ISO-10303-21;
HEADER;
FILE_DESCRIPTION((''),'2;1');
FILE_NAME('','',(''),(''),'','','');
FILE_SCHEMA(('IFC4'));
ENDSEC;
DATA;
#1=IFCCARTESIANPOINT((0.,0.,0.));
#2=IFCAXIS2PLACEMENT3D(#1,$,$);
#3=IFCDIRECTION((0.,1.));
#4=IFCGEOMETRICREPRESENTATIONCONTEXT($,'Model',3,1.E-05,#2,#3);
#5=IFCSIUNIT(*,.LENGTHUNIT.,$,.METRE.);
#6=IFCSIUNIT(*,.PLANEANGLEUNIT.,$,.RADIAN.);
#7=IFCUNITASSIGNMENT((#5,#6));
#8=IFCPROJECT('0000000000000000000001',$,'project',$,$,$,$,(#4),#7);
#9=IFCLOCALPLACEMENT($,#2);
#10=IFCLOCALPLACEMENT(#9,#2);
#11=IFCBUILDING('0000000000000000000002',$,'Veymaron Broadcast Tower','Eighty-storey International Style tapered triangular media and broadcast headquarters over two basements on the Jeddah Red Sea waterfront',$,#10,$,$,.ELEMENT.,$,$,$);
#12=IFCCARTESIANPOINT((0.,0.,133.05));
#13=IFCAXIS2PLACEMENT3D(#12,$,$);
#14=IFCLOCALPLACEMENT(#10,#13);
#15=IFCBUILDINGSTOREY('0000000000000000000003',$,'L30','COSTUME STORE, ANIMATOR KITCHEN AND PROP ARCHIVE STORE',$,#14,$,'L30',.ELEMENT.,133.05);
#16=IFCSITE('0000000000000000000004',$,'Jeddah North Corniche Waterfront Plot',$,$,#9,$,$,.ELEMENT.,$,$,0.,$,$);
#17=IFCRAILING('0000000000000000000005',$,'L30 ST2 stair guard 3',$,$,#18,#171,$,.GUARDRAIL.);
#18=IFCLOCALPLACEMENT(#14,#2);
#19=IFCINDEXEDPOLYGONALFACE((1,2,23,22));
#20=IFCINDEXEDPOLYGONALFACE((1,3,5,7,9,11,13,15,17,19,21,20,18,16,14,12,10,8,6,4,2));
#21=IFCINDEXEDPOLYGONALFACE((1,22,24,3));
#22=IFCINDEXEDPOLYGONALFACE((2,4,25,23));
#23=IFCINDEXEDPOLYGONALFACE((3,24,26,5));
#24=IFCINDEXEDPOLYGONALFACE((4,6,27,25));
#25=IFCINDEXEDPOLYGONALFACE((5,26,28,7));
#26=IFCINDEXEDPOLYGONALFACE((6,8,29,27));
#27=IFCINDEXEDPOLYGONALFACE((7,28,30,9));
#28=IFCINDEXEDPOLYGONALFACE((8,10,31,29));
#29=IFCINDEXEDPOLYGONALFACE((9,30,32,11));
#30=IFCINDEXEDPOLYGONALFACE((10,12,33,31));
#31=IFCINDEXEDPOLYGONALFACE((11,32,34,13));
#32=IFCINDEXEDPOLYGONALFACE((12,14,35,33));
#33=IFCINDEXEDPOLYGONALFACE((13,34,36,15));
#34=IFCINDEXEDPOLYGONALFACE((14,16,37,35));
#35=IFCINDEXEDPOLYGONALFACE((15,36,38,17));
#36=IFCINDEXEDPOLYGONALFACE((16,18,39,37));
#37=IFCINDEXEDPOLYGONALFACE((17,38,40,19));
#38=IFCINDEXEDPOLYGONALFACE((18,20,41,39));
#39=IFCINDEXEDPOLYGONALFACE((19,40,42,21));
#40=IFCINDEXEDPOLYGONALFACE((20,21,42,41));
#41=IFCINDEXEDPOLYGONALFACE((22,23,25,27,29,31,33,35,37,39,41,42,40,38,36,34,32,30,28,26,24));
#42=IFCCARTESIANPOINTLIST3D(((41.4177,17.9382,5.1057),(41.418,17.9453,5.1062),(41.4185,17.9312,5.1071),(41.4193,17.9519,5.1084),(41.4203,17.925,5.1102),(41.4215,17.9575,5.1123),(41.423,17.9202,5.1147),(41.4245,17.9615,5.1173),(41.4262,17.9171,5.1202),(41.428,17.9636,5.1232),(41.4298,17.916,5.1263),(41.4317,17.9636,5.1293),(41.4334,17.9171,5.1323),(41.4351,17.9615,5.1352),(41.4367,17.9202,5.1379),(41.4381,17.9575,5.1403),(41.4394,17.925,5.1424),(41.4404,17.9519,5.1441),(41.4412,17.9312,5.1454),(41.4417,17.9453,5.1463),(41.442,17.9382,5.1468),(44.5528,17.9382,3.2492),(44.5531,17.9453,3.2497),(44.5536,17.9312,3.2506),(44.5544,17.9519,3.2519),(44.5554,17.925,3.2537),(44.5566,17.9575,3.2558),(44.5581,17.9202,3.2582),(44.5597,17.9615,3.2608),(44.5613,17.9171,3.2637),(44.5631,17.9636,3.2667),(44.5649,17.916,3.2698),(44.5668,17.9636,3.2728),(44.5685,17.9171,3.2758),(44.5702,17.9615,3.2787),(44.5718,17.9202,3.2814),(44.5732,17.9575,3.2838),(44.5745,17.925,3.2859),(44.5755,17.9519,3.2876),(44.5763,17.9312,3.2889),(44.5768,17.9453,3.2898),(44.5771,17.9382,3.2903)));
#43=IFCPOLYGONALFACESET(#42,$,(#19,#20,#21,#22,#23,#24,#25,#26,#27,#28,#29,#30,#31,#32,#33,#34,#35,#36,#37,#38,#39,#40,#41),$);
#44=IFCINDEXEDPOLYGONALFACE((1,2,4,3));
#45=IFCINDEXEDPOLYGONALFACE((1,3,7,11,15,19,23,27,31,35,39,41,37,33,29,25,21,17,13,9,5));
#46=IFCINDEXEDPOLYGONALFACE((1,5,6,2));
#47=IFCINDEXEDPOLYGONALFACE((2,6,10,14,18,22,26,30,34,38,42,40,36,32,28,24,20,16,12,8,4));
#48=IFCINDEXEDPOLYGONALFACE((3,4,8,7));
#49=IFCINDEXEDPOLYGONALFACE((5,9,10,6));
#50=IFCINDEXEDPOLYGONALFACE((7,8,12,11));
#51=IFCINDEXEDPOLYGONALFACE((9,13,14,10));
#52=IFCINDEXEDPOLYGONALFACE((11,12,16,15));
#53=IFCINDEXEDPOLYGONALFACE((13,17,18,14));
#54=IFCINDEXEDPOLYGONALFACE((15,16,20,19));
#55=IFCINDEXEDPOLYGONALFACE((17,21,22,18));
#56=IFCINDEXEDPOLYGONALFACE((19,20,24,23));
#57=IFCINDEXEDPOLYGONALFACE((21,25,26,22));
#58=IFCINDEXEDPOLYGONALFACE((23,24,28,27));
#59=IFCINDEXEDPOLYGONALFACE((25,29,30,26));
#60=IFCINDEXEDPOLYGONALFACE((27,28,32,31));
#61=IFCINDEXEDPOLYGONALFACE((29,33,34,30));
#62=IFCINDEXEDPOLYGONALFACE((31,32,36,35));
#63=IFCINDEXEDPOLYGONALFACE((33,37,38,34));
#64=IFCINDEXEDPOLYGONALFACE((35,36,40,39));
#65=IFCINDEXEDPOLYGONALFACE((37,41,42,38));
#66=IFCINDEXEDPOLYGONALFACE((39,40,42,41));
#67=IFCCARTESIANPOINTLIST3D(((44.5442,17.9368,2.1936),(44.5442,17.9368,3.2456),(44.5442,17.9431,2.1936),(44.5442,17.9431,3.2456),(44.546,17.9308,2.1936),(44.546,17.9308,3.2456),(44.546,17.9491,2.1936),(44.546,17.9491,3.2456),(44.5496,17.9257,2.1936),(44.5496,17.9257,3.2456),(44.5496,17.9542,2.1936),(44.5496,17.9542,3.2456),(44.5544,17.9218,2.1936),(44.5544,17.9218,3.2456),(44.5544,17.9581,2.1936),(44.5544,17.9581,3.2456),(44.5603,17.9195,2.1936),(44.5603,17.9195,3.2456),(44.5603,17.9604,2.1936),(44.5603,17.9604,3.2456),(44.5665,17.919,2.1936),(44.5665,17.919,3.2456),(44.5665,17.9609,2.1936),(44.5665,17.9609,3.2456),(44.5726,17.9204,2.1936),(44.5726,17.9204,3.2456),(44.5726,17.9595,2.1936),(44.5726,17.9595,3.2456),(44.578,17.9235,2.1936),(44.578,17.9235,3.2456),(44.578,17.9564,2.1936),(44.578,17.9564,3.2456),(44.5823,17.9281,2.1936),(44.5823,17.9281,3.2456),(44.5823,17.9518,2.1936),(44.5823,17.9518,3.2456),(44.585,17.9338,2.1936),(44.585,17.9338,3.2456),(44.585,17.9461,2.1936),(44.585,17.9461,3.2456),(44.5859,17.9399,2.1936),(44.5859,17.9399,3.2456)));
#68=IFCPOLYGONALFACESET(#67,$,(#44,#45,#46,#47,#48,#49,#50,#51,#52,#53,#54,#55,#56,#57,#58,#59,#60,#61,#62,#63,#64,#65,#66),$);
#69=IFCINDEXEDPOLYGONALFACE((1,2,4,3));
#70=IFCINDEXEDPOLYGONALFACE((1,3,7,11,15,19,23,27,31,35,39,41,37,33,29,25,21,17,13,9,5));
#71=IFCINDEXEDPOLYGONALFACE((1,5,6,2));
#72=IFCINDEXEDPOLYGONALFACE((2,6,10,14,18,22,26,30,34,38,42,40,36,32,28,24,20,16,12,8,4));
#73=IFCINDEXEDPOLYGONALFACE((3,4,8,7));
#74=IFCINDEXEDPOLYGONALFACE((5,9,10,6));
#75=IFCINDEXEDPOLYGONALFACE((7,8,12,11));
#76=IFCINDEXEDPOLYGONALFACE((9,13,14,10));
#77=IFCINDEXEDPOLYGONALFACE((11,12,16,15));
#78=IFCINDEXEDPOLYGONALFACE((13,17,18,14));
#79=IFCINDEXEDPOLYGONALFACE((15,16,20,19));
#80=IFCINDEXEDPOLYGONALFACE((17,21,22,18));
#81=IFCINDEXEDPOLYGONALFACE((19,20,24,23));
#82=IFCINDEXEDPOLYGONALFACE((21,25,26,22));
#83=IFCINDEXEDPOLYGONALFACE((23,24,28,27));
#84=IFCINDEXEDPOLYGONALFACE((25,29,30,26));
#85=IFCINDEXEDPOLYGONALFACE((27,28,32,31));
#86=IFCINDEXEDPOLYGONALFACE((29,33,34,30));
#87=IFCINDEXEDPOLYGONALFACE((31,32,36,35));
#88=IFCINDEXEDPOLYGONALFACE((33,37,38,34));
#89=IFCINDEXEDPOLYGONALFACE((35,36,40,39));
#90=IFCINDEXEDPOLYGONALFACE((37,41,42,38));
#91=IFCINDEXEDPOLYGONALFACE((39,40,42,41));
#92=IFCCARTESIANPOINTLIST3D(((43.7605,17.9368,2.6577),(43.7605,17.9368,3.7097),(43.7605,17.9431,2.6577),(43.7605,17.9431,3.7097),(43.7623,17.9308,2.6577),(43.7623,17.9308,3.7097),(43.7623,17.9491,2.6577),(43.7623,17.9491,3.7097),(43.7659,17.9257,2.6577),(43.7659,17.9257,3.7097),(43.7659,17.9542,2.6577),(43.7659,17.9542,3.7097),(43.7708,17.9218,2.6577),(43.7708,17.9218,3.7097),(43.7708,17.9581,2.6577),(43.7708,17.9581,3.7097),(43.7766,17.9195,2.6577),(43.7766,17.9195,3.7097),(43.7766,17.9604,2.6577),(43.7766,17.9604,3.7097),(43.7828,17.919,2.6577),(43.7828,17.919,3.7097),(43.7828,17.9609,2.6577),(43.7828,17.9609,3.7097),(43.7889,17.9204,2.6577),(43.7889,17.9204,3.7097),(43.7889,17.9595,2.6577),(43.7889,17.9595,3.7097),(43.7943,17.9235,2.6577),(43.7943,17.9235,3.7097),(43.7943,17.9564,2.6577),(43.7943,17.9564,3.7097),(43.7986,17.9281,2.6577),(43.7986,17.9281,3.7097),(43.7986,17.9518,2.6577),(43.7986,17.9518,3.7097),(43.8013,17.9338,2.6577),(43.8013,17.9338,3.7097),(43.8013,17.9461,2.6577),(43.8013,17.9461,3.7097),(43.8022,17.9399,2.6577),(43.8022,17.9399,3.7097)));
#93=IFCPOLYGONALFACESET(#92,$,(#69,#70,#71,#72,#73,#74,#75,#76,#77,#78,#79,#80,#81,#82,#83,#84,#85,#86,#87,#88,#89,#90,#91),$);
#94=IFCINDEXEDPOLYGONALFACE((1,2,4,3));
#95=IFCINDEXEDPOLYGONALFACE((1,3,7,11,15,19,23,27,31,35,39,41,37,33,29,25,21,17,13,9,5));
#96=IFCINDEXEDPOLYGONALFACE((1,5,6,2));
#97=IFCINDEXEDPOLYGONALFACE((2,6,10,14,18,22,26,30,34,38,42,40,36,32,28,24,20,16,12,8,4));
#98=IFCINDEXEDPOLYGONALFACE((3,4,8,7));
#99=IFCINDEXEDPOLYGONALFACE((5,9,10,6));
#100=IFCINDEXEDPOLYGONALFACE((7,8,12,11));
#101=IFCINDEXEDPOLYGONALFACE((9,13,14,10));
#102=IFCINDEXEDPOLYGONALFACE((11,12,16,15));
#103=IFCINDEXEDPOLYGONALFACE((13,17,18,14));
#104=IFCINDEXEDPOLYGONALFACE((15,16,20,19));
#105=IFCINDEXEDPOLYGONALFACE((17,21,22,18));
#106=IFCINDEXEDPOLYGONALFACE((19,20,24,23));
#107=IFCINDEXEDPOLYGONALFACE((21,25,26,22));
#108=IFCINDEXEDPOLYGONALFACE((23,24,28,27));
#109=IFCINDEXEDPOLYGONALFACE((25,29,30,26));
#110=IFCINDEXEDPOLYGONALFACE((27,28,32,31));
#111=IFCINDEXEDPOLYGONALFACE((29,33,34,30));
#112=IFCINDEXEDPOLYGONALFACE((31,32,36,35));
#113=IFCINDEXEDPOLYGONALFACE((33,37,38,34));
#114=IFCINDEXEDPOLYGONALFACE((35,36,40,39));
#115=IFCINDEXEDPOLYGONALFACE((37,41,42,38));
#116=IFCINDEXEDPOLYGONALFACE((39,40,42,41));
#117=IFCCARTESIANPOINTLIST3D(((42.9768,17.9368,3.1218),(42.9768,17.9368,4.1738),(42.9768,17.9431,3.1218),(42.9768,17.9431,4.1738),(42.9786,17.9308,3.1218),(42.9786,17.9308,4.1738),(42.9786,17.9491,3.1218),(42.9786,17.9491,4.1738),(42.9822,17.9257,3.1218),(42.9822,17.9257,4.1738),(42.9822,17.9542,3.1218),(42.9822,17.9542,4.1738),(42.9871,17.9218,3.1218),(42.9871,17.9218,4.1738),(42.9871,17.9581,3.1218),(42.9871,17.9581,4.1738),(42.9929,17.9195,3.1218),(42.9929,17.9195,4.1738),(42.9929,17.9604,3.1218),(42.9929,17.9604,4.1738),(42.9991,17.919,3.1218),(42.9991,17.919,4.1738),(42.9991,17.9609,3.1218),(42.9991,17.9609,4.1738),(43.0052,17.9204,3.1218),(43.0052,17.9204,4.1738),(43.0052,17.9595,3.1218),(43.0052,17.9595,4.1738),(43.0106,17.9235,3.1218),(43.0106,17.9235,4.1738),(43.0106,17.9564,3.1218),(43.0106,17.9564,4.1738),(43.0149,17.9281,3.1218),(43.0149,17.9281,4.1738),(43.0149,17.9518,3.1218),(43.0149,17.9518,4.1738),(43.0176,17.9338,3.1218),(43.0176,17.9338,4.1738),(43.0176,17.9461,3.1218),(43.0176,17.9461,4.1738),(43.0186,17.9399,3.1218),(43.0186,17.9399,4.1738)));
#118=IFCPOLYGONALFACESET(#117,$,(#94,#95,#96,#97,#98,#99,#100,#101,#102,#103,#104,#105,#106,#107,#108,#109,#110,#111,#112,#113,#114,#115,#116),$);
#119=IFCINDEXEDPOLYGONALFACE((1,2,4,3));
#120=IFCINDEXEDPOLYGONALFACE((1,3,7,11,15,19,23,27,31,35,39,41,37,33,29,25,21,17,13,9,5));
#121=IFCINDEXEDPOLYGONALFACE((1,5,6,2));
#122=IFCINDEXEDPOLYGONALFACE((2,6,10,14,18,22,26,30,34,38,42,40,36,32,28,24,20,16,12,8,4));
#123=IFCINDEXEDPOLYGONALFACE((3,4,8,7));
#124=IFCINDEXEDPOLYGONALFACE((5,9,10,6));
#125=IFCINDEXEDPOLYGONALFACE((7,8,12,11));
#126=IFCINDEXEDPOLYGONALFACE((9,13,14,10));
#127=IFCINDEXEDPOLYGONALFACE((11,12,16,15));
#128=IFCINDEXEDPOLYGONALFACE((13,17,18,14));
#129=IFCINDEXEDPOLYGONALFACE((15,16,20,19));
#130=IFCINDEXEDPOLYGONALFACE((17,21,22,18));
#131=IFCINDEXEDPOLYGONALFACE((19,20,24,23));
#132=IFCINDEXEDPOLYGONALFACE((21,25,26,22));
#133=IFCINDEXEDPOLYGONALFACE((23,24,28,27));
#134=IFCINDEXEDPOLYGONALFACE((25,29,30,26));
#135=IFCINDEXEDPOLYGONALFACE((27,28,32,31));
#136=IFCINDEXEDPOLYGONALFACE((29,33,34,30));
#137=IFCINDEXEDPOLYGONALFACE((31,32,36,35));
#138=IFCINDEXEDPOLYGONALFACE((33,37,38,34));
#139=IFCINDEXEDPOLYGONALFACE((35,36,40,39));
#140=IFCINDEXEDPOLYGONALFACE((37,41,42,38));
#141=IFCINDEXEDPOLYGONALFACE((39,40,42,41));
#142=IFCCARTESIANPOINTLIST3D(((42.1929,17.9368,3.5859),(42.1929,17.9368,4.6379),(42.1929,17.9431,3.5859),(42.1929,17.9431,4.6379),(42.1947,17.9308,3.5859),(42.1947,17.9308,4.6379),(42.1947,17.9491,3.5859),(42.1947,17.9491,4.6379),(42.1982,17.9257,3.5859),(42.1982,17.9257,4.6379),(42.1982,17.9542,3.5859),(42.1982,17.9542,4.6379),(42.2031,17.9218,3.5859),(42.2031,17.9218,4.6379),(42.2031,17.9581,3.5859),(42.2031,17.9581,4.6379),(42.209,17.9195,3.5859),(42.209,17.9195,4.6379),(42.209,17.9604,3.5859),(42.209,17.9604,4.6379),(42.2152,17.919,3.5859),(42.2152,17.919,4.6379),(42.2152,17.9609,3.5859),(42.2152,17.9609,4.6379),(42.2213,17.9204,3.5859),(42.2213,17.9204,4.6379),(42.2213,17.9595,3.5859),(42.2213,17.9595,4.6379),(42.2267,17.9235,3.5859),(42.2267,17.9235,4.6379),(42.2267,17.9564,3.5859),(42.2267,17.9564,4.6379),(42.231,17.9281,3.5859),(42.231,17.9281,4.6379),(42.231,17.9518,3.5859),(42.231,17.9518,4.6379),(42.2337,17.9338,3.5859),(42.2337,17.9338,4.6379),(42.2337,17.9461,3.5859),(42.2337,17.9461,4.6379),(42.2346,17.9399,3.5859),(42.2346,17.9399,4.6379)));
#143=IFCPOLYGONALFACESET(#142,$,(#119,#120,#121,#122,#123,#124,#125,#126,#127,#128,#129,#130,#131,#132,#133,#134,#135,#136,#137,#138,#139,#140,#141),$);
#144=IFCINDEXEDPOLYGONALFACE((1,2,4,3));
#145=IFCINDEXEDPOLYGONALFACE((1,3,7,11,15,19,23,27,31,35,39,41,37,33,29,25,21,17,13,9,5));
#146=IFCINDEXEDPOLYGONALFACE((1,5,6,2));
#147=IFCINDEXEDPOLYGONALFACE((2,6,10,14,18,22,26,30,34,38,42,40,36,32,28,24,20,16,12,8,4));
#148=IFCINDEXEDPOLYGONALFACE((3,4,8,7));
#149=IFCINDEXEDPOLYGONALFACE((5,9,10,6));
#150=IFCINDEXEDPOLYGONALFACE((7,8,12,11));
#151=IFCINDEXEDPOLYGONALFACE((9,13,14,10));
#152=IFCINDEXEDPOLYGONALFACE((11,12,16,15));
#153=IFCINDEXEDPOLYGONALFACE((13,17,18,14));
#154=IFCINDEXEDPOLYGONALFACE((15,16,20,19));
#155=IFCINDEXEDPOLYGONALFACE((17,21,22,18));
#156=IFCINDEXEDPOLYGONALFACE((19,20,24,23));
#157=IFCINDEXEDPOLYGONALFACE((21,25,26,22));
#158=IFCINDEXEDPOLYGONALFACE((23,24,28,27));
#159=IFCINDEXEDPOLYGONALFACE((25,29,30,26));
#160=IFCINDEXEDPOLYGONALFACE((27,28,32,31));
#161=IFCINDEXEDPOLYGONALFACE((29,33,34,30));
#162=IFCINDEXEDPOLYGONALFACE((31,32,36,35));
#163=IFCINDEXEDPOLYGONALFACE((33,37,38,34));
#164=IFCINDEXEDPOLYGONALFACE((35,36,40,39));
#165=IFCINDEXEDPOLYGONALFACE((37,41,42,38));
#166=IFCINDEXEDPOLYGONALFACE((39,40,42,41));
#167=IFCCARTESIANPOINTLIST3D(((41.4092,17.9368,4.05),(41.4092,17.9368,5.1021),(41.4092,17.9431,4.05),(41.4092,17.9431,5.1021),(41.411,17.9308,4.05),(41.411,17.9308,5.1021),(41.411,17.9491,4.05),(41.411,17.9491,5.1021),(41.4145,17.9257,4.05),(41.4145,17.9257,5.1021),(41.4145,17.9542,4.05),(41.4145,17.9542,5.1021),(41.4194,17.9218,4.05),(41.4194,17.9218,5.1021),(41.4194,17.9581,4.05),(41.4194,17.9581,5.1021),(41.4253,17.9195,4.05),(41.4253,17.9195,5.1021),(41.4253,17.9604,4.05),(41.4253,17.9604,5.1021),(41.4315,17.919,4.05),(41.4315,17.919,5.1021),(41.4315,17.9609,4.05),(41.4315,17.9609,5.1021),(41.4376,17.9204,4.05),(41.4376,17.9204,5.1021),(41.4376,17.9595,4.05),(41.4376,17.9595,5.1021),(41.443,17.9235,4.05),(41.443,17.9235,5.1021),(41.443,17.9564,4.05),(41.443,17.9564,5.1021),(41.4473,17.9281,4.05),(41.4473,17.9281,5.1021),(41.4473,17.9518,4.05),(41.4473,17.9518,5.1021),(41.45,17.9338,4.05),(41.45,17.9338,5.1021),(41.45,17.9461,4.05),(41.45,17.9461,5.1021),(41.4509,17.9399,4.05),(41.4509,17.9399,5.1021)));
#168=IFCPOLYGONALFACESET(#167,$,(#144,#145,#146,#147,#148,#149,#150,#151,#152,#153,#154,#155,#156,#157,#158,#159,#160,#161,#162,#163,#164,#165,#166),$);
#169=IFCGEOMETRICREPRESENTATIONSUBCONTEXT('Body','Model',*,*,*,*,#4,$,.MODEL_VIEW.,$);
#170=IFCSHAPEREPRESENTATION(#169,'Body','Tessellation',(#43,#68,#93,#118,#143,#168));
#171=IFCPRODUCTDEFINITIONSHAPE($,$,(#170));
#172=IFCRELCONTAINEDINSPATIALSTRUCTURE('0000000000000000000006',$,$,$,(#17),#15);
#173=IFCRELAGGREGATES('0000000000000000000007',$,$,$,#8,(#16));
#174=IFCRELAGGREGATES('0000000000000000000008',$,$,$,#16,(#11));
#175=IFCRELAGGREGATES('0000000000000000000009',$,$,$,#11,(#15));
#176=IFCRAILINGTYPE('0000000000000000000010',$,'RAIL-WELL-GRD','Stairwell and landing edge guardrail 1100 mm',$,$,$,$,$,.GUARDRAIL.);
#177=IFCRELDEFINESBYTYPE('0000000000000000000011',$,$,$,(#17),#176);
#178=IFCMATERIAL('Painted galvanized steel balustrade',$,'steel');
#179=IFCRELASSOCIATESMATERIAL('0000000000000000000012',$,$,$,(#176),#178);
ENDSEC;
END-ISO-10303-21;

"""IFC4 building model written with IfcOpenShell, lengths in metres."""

from ifc_helpers import new_model, si_unit, direction, frame, origin, origin_2d, place, context, subcontext, project, spatial, circle, extrude, material, type_object, element, save


model = new_model("IFC4")

# Units and contexts
model_context = context("Model", 3, precision=1e-05, world=origin(), true_north=direction((0.0, 1.0)))
body_context = subcontext(model_context, "Body", "Model", "MODEL_VIEW")
ifc_project = project(units=[si_unit("LENGTHUNIT", "METRE"), si_unit("PLANEANGLEUNIT", "RADIAN")], contexts=[model_context])

# Site, building, storey
site_placement = place(None, origin())
site = spatial("IfcSite", under=ifc_project, at=site_placement, Name="Jeddah North Corniche Waterfront Plot", CompositionType="ELEMENT", RefElevation=0.0)
building_placement = place(site_placement, origin())
building = spatial("IfcBuilding", under=site, at=building_placement, Name="Veymaron Broadcast Tower", Description="Eighty-storey International Style tapered triangular media and broadcast headquarters over two basements on the Jeddah Red Sea waterfront", CompositionType="ELEMENT")
storey_placement = place(building_placement, frame((0.0, 0.0, 133.05)))
storey = spatial("IfcBuildingStorey", under=building, at=storey_placement, Name="L30", Description="COSTUME STORE, ANIMATOR KITCHEN AND PROP ARCHIVE STORE", LongName="L30", CompositionType="ELEMENT", Elevation=133.05)

# Railing
ifc_material_1 = material(Name="Painted galvanized steel balustrade", Category="steel")
railing_type_1 = type_object("IfcRailingType", Name="RAIL-WELL-GRD", Description="Stairwell and landing edge guardrail 1100 mm", PredefinedType="GUARDRAIL", material=ifc_material_1)
railing_1_placement = place(storey_placement, frame((44.5649, 17.9399, 2.1936)))
element("IfcRailing", 1, at=railing_1_placement, inside=storey, type_object=railing_type_1, Name="L30 ST2 stair guard 3", PredefinedType="GUARDRAIL", context=body_context, shape_type="SweptSolid", body=[
    extrude(circle(Radius=0.0239, at=origin_2d()), frame((0.0, 0.0, 1.0762), z_axis=(-0.860453, 0.0, 0.509531), x_axis=(0.0, -1.0, 0.0)), (0.0, 0.0, 1.0), 3.6436),
    extrude(circle(Radius=0.021, at=origin_2d()), origin(), (0.0, 0.0, 1.0), 1.052),
    extrude(circle(Radius=0.021, at=origin_2d()), frame((-0.7837, 0.0, 0.4641)), (0.0, 0.0, 1.0), 1.052),
    extrude(circle(Radius=0.021, at=origin_2d()), frame((-1.5674, 0.0, 0.9282)), (0.0, 0.0, 1.0), 1.052),
    extrude(circle(Radius=0.021, at=origin_2d()), frame((-2.3513, 0.0, 1.3923)), (0.0, 0.0, 1.0), 1.052),
    extrude(circle(Radius=0.021, at=origin_2d()), frame((-3.135, 0.0, 1.8564)), (0.0, 0.0, 1.0), 1.052),
])

save(model, "model.ifc")
